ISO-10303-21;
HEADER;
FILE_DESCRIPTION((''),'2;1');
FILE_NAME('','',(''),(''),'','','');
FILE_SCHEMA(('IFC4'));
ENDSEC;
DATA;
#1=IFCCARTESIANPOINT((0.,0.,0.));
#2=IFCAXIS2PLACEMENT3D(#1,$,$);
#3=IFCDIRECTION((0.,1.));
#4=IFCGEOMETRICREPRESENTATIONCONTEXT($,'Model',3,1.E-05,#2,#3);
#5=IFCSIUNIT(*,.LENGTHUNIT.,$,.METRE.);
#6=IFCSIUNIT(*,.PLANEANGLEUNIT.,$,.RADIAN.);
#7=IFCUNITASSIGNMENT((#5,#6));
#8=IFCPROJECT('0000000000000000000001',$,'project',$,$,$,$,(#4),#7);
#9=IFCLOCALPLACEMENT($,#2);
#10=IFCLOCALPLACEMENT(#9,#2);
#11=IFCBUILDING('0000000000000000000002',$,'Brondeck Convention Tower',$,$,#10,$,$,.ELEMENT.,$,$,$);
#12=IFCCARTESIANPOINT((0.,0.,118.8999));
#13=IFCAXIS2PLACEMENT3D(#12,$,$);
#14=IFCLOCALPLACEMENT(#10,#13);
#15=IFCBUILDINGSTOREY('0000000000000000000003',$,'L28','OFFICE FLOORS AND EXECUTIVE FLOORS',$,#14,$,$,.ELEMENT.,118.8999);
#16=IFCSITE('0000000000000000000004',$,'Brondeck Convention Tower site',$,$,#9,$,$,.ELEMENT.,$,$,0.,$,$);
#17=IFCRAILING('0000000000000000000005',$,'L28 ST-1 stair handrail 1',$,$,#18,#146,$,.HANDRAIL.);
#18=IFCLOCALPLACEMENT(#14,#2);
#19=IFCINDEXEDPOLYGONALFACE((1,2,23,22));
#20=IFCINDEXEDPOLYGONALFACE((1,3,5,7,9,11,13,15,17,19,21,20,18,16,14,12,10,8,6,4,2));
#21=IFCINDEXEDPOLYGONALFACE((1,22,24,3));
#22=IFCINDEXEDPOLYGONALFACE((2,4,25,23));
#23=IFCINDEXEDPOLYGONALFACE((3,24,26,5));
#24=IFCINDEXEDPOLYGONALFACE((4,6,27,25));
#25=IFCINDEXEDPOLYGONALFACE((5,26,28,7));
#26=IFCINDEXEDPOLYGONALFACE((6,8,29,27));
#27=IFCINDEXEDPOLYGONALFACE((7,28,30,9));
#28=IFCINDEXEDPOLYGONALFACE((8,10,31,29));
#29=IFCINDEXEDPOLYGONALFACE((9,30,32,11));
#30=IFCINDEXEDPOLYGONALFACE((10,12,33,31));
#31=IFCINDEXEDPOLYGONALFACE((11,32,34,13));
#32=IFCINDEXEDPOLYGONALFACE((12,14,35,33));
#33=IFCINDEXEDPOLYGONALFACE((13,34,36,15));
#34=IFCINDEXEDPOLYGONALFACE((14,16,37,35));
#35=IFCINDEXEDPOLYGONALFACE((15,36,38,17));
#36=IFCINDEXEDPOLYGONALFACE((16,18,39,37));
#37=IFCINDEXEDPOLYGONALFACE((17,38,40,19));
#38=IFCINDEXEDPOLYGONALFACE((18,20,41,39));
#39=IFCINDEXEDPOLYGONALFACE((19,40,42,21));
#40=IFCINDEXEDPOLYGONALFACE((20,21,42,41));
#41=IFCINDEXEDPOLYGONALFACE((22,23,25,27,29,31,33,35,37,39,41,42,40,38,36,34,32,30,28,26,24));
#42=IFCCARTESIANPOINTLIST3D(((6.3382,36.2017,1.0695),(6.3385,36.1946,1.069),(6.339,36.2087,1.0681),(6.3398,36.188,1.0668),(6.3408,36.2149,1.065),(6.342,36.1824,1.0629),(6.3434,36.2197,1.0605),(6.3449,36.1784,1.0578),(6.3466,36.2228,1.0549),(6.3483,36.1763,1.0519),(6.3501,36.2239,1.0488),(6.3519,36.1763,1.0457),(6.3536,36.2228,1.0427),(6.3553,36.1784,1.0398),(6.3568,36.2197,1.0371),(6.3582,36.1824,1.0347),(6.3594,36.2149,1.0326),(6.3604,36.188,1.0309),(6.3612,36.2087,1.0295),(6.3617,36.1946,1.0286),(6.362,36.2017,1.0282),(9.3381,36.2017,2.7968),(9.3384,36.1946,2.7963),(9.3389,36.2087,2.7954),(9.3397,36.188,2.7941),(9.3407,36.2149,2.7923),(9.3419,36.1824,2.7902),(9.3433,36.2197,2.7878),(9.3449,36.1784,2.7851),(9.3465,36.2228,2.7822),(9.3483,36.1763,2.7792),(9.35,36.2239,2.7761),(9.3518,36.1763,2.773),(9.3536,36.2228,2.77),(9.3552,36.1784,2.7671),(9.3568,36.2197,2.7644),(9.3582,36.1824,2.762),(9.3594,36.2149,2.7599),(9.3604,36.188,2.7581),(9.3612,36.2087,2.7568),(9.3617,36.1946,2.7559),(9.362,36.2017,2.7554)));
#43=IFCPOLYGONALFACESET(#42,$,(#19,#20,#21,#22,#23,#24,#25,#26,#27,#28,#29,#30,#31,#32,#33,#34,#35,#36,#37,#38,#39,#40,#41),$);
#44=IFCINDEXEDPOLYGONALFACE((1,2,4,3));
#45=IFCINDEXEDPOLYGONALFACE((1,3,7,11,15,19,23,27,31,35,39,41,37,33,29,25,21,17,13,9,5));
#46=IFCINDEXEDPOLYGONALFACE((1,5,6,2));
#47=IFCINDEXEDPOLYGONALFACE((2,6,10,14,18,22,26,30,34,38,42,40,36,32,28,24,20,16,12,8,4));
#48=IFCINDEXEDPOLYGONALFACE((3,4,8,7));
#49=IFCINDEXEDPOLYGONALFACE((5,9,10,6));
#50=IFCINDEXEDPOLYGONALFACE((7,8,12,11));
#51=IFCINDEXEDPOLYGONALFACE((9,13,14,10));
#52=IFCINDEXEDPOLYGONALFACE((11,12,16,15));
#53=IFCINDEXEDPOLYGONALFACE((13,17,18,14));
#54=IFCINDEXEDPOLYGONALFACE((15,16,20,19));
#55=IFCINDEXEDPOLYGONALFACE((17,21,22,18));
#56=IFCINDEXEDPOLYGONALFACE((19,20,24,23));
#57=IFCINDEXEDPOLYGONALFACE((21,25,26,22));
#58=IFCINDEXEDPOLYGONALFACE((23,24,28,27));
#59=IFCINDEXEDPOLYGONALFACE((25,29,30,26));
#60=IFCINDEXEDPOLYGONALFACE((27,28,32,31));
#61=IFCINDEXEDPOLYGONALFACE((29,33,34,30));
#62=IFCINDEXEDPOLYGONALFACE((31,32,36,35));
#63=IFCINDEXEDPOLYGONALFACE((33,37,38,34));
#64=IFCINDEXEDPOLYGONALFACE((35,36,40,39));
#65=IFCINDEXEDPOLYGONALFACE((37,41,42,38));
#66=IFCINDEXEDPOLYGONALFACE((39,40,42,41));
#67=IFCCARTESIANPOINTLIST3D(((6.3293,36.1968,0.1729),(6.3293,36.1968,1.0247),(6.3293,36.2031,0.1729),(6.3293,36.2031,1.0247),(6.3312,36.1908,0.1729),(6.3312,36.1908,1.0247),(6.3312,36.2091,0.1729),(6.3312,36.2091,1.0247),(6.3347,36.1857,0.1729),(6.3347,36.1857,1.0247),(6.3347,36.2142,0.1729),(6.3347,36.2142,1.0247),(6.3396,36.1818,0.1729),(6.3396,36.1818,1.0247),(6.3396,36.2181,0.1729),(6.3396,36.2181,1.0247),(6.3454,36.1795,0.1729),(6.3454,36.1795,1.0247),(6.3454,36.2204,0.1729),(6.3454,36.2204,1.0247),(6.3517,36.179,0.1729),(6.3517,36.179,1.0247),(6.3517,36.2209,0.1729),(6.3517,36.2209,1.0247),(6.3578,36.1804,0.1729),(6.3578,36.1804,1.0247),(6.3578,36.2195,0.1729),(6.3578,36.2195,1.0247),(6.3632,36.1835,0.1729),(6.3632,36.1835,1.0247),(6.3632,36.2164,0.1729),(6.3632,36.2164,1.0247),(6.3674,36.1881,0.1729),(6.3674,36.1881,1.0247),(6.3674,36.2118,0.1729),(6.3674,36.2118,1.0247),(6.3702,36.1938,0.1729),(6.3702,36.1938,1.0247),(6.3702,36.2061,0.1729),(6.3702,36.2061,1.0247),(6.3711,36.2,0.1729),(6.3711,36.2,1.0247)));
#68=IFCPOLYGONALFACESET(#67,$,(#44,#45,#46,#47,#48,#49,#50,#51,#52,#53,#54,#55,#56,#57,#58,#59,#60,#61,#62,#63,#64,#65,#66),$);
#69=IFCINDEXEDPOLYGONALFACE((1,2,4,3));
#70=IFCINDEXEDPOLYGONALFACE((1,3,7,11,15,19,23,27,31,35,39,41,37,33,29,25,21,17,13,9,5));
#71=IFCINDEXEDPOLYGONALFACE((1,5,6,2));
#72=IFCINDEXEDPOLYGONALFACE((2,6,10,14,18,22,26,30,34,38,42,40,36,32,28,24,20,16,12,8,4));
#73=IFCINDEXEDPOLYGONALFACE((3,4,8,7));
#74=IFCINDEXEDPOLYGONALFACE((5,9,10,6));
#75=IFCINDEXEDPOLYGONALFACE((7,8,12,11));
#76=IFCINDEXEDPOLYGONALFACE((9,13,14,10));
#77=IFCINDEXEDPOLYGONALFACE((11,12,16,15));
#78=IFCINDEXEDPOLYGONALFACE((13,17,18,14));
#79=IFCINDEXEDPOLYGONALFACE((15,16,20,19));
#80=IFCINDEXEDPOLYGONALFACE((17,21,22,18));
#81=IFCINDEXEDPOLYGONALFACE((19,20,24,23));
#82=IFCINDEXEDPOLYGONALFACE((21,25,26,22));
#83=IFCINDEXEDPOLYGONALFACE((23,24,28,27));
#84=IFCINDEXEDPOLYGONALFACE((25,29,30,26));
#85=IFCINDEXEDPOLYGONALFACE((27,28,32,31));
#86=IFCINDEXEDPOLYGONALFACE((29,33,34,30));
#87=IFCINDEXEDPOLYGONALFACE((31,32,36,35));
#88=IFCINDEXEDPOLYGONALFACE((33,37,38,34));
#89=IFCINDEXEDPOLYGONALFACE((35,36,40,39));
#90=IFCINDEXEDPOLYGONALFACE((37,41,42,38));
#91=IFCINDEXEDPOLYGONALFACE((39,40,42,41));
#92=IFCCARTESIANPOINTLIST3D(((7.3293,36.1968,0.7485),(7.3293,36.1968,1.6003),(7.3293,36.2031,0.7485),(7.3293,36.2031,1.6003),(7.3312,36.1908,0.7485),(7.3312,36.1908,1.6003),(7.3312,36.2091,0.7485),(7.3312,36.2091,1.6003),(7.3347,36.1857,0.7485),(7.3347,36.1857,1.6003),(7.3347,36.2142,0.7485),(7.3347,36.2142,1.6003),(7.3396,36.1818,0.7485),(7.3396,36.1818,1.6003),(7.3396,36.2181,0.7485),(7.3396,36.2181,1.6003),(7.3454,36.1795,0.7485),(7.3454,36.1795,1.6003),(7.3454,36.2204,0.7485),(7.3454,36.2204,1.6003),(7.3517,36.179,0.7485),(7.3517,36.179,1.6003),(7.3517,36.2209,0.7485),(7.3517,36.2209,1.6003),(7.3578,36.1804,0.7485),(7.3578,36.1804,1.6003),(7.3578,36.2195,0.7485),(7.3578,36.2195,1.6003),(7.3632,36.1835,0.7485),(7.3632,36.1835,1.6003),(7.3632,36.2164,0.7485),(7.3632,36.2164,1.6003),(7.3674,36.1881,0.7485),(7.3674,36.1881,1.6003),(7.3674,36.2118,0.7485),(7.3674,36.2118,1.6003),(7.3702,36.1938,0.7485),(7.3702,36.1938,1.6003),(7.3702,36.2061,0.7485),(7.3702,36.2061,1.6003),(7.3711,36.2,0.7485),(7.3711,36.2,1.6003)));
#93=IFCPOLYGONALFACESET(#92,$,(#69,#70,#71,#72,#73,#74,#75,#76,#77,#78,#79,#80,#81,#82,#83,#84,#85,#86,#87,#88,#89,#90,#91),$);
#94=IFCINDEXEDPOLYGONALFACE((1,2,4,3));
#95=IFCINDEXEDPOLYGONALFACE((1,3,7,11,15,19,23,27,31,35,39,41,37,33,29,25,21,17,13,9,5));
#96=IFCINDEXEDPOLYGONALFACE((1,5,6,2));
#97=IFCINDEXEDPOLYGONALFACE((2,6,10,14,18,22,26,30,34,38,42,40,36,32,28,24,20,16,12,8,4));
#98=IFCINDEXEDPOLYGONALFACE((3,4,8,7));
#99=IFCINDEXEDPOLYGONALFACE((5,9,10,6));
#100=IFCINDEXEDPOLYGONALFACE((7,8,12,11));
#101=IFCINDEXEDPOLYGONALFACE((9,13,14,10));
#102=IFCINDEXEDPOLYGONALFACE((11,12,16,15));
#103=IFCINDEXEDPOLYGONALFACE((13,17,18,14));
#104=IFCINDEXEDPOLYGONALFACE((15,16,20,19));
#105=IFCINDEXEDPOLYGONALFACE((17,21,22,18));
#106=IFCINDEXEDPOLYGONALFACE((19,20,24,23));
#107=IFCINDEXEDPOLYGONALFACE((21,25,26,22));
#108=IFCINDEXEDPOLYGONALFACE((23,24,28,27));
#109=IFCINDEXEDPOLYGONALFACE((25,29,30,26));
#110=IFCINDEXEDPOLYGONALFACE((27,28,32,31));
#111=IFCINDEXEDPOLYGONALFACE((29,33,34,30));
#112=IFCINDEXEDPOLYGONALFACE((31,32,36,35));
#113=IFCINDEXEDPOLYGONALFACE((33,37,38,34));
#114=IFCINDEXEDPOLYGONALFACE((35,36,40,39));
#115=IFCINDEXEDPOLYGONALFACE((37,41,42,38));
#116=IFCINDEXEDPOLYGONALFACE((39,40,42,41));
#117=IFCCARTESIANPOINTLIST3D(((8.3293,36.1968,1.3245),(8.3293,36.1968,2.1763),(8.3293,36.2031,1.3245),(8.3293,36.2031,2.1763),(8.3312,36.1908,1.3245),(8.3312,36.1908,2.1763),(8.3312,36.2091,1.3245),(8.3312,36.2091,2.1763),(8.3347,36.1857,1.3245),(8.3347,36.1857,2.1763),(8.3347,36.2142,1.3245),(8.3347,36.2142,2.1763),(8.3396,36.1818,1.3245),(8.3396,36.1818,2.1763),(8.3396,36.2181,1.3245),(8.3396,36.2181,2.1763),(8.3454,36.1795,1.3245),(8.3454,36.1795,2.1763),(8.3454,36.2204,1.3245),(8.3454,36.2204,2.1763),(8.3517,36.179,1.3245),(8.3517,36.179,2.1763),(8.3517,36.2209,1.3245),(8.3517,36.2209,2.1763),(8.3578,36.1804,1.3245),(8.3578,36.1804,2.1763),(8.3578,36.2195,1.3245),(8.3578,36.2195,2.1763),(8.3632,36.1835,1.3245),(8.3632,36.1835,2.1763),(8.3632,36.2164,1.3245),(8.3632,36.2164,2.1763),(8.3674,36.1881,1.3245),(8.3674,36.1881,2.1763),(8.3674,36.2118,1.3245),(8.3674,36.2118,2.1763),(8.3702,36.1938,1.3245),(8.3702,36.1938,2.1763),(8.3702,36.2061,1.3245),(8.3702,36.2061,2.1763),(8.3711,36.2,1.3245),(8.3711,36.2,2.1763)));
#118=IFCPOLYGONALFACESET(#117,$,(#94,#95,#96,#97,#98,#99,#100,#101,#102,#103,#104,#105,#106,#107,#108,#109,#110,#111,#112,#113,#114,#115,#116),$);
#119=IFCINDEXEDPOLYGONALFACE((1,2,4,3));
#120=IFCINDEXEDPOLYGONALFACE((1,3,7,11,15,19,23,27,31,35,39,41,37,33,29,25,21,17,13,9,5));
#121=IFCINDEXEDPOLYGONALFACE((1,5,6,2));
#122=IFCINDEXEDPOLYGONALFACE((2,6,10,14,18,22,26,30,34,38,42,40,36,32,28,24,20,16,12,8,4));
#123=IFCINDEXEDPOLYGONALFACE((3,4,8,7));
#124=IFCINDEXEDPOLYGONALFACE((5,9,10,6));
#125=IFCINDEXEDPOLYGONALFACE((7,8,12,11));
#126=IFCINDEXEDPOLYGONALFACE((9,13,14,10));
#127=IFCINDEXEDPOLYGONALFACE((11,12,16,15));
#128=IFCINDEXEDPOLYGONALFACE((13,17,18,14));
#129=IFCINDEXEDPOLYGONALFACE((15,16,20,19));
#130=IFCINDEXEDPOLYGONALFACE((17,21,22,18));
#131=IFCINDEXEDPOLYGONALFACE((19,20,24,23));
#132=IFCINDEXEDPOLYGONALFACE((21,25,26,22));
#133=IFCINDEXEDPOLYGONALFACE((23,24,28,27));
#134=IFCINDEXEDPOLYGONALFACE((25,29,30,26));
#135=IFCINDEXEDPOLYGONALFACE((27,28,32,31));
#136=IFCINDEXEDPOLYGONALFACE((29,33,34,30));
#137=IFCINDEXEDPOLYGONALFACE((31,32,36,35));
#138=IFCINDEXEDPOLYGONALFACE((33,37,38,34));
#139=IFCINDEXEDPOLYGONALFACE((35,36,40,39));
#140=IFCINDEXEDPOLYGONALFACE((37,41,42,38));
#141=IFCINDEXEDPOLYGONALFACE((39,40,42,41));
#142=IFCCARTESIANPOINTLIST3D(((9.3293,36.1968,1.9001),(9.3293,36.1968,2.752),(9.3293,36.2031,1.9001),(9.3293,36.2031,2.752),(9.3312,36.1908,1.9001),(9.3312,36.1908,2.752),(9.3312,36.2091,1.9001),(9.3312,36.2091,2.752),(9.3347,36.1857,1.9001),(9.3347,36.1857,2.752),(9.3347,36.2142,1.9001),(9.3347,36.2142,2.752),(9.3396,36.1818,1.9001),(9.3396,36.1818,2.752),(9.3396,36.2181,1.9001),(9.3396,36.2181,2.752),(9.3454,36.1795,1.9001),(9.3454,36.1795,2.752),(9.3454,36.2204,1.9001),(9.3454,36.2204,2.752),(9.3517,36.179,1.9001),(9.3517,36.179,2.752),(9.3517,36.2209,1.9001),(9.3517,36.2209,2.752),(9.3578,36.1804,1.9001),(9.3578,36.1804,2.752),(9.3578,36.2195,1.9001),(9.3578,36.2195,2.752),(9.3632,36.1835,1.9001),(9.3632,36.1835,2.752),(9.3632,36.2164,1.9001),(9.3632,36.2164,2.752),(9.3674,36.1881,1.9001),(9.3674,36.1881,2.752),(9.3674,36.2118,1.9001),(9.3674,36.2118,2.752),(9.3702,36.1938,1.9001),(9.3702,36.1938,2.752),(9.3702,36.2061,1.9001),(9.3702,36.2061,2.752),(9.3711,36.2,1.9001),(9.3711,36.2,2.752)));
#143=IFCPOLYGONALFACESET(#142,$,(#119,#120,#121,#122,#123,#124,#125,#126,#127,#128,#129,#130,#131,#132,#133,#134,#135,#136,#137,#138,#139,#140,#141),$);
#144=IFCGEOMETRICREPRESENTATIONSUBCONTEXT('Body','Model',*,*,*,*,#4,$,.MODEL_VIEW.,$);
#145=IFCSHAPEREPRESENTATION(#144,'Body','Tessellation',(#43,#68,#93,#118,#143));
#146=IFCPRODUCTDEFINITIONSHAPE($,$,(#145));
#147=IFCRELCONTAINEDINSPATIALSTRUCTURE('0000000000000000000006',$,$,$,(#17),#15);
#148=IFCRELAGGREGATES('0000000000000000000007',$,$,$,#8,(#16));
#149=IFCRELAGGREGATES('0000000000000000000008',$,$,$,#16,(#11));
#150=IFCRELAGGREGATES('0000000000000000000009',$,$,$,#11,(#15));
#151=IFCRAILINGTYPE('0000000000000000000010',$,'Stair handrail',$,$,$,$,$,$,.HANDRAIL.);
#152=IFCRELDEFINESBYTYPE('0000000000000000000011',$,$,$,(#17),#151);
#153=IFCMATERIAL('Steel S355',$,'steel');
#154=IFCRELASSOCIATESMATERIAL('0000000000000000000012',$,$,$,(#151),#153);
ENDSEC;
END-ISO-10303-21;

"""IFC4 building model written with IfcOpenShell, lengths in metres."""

from ifc_helpers import new_model, si_unit, direction, frame, origin, origin_2d, place, context, subcontext, project, spatial, circle, extrude, material, type_object, element, save


model = new_model("IFC4")

# Units and contexts
model_context = context("Model", 3, precision=1e-05, world=origin(), true_north=direction((0.0, 1.0)))
body_context = subcontext(model_context, "Body", "Model", "MODEL_VIEW")
ifc_project = project(units=[si_unit("LENGTHUNIT", "METRE"), si_unit("PLANEANGLEUNIT", "RADIAN")], contexts=[model_context])

# Site, building, storey
site_placement = place(None, origin())
site = spatial("IfcSite", under=ifc_project, at=site_placement, Name="Brondeck Convention Tower site", CompositionType="ELEMENT", RefElevation=0.0)
building_placement = place(site_placement, origin())
building = spatial("IfcBuilding", under=site, at=building_placement, Name="Brondeck Convention Tower", CompositionType="ELEMENT")
storey_placement = place(building_placement, frame((0.0, 0.0, 118.8999)))
storey = spatial("IfcBuildingStorey", under=building, at=storey_placement, Name="L28", Description="OFFICE FLOORS AND EXECUTIVE FLOORS", CompositionType="ELEMENT", Elevation=118.8999)

# Railing
ifc_material_1 = material(Name="Steel S355", Category="steel")
railing_type_1 = type_object("IfcRailingType", Name="Stair handrail", PredefinedType="HANDRAIL", material=ifc_material_1)
railing_1_placement = place(storey_placement, frame((6.3501, 36.2, 0.1729)))
element("IfcRailing", 1, at=railing_1_placement, inside=storey, type_object=railing_type_1, Name="L28 ST-1 stair handrail 1", PredefinedType="HANDRAIL", context=body_context, shape_type="SweptSolid", body=[
    extrude(circle(Radius=0.0239, at=origin_2d()), frame((0.0, 0.0, 0.876), z_axis=(0.86662, 0.0, 0.498969), x_axis=(0.0, 1.0, 0.0)), (0.0, 0.0, 1.0), 3.4617),
    extrude(circle(Radius=0.021, at=origin_2d()), origin(), (0.0, 0.0, 1.0), 0.8518),
    extrude(circle(Radius=0.021, at=origin_2d()), frame((1.0, 0.0, 0.5757)), (0.0, 0.0, 1.0), 0.8518),
    extrude(circle(Radius=0.021, at=origin_2d()), frame((2.0, 0.0, 1.1516)), (0.0, 0.0, 1.0), 0.8518),
    extrude(circle(Radius=0.021, at=origin_2d()), frame((3.0, 0.0, 1.7273)), (0.0, 0.0, 1.0), 0.8518),
])

save(model, "model.ifc")
